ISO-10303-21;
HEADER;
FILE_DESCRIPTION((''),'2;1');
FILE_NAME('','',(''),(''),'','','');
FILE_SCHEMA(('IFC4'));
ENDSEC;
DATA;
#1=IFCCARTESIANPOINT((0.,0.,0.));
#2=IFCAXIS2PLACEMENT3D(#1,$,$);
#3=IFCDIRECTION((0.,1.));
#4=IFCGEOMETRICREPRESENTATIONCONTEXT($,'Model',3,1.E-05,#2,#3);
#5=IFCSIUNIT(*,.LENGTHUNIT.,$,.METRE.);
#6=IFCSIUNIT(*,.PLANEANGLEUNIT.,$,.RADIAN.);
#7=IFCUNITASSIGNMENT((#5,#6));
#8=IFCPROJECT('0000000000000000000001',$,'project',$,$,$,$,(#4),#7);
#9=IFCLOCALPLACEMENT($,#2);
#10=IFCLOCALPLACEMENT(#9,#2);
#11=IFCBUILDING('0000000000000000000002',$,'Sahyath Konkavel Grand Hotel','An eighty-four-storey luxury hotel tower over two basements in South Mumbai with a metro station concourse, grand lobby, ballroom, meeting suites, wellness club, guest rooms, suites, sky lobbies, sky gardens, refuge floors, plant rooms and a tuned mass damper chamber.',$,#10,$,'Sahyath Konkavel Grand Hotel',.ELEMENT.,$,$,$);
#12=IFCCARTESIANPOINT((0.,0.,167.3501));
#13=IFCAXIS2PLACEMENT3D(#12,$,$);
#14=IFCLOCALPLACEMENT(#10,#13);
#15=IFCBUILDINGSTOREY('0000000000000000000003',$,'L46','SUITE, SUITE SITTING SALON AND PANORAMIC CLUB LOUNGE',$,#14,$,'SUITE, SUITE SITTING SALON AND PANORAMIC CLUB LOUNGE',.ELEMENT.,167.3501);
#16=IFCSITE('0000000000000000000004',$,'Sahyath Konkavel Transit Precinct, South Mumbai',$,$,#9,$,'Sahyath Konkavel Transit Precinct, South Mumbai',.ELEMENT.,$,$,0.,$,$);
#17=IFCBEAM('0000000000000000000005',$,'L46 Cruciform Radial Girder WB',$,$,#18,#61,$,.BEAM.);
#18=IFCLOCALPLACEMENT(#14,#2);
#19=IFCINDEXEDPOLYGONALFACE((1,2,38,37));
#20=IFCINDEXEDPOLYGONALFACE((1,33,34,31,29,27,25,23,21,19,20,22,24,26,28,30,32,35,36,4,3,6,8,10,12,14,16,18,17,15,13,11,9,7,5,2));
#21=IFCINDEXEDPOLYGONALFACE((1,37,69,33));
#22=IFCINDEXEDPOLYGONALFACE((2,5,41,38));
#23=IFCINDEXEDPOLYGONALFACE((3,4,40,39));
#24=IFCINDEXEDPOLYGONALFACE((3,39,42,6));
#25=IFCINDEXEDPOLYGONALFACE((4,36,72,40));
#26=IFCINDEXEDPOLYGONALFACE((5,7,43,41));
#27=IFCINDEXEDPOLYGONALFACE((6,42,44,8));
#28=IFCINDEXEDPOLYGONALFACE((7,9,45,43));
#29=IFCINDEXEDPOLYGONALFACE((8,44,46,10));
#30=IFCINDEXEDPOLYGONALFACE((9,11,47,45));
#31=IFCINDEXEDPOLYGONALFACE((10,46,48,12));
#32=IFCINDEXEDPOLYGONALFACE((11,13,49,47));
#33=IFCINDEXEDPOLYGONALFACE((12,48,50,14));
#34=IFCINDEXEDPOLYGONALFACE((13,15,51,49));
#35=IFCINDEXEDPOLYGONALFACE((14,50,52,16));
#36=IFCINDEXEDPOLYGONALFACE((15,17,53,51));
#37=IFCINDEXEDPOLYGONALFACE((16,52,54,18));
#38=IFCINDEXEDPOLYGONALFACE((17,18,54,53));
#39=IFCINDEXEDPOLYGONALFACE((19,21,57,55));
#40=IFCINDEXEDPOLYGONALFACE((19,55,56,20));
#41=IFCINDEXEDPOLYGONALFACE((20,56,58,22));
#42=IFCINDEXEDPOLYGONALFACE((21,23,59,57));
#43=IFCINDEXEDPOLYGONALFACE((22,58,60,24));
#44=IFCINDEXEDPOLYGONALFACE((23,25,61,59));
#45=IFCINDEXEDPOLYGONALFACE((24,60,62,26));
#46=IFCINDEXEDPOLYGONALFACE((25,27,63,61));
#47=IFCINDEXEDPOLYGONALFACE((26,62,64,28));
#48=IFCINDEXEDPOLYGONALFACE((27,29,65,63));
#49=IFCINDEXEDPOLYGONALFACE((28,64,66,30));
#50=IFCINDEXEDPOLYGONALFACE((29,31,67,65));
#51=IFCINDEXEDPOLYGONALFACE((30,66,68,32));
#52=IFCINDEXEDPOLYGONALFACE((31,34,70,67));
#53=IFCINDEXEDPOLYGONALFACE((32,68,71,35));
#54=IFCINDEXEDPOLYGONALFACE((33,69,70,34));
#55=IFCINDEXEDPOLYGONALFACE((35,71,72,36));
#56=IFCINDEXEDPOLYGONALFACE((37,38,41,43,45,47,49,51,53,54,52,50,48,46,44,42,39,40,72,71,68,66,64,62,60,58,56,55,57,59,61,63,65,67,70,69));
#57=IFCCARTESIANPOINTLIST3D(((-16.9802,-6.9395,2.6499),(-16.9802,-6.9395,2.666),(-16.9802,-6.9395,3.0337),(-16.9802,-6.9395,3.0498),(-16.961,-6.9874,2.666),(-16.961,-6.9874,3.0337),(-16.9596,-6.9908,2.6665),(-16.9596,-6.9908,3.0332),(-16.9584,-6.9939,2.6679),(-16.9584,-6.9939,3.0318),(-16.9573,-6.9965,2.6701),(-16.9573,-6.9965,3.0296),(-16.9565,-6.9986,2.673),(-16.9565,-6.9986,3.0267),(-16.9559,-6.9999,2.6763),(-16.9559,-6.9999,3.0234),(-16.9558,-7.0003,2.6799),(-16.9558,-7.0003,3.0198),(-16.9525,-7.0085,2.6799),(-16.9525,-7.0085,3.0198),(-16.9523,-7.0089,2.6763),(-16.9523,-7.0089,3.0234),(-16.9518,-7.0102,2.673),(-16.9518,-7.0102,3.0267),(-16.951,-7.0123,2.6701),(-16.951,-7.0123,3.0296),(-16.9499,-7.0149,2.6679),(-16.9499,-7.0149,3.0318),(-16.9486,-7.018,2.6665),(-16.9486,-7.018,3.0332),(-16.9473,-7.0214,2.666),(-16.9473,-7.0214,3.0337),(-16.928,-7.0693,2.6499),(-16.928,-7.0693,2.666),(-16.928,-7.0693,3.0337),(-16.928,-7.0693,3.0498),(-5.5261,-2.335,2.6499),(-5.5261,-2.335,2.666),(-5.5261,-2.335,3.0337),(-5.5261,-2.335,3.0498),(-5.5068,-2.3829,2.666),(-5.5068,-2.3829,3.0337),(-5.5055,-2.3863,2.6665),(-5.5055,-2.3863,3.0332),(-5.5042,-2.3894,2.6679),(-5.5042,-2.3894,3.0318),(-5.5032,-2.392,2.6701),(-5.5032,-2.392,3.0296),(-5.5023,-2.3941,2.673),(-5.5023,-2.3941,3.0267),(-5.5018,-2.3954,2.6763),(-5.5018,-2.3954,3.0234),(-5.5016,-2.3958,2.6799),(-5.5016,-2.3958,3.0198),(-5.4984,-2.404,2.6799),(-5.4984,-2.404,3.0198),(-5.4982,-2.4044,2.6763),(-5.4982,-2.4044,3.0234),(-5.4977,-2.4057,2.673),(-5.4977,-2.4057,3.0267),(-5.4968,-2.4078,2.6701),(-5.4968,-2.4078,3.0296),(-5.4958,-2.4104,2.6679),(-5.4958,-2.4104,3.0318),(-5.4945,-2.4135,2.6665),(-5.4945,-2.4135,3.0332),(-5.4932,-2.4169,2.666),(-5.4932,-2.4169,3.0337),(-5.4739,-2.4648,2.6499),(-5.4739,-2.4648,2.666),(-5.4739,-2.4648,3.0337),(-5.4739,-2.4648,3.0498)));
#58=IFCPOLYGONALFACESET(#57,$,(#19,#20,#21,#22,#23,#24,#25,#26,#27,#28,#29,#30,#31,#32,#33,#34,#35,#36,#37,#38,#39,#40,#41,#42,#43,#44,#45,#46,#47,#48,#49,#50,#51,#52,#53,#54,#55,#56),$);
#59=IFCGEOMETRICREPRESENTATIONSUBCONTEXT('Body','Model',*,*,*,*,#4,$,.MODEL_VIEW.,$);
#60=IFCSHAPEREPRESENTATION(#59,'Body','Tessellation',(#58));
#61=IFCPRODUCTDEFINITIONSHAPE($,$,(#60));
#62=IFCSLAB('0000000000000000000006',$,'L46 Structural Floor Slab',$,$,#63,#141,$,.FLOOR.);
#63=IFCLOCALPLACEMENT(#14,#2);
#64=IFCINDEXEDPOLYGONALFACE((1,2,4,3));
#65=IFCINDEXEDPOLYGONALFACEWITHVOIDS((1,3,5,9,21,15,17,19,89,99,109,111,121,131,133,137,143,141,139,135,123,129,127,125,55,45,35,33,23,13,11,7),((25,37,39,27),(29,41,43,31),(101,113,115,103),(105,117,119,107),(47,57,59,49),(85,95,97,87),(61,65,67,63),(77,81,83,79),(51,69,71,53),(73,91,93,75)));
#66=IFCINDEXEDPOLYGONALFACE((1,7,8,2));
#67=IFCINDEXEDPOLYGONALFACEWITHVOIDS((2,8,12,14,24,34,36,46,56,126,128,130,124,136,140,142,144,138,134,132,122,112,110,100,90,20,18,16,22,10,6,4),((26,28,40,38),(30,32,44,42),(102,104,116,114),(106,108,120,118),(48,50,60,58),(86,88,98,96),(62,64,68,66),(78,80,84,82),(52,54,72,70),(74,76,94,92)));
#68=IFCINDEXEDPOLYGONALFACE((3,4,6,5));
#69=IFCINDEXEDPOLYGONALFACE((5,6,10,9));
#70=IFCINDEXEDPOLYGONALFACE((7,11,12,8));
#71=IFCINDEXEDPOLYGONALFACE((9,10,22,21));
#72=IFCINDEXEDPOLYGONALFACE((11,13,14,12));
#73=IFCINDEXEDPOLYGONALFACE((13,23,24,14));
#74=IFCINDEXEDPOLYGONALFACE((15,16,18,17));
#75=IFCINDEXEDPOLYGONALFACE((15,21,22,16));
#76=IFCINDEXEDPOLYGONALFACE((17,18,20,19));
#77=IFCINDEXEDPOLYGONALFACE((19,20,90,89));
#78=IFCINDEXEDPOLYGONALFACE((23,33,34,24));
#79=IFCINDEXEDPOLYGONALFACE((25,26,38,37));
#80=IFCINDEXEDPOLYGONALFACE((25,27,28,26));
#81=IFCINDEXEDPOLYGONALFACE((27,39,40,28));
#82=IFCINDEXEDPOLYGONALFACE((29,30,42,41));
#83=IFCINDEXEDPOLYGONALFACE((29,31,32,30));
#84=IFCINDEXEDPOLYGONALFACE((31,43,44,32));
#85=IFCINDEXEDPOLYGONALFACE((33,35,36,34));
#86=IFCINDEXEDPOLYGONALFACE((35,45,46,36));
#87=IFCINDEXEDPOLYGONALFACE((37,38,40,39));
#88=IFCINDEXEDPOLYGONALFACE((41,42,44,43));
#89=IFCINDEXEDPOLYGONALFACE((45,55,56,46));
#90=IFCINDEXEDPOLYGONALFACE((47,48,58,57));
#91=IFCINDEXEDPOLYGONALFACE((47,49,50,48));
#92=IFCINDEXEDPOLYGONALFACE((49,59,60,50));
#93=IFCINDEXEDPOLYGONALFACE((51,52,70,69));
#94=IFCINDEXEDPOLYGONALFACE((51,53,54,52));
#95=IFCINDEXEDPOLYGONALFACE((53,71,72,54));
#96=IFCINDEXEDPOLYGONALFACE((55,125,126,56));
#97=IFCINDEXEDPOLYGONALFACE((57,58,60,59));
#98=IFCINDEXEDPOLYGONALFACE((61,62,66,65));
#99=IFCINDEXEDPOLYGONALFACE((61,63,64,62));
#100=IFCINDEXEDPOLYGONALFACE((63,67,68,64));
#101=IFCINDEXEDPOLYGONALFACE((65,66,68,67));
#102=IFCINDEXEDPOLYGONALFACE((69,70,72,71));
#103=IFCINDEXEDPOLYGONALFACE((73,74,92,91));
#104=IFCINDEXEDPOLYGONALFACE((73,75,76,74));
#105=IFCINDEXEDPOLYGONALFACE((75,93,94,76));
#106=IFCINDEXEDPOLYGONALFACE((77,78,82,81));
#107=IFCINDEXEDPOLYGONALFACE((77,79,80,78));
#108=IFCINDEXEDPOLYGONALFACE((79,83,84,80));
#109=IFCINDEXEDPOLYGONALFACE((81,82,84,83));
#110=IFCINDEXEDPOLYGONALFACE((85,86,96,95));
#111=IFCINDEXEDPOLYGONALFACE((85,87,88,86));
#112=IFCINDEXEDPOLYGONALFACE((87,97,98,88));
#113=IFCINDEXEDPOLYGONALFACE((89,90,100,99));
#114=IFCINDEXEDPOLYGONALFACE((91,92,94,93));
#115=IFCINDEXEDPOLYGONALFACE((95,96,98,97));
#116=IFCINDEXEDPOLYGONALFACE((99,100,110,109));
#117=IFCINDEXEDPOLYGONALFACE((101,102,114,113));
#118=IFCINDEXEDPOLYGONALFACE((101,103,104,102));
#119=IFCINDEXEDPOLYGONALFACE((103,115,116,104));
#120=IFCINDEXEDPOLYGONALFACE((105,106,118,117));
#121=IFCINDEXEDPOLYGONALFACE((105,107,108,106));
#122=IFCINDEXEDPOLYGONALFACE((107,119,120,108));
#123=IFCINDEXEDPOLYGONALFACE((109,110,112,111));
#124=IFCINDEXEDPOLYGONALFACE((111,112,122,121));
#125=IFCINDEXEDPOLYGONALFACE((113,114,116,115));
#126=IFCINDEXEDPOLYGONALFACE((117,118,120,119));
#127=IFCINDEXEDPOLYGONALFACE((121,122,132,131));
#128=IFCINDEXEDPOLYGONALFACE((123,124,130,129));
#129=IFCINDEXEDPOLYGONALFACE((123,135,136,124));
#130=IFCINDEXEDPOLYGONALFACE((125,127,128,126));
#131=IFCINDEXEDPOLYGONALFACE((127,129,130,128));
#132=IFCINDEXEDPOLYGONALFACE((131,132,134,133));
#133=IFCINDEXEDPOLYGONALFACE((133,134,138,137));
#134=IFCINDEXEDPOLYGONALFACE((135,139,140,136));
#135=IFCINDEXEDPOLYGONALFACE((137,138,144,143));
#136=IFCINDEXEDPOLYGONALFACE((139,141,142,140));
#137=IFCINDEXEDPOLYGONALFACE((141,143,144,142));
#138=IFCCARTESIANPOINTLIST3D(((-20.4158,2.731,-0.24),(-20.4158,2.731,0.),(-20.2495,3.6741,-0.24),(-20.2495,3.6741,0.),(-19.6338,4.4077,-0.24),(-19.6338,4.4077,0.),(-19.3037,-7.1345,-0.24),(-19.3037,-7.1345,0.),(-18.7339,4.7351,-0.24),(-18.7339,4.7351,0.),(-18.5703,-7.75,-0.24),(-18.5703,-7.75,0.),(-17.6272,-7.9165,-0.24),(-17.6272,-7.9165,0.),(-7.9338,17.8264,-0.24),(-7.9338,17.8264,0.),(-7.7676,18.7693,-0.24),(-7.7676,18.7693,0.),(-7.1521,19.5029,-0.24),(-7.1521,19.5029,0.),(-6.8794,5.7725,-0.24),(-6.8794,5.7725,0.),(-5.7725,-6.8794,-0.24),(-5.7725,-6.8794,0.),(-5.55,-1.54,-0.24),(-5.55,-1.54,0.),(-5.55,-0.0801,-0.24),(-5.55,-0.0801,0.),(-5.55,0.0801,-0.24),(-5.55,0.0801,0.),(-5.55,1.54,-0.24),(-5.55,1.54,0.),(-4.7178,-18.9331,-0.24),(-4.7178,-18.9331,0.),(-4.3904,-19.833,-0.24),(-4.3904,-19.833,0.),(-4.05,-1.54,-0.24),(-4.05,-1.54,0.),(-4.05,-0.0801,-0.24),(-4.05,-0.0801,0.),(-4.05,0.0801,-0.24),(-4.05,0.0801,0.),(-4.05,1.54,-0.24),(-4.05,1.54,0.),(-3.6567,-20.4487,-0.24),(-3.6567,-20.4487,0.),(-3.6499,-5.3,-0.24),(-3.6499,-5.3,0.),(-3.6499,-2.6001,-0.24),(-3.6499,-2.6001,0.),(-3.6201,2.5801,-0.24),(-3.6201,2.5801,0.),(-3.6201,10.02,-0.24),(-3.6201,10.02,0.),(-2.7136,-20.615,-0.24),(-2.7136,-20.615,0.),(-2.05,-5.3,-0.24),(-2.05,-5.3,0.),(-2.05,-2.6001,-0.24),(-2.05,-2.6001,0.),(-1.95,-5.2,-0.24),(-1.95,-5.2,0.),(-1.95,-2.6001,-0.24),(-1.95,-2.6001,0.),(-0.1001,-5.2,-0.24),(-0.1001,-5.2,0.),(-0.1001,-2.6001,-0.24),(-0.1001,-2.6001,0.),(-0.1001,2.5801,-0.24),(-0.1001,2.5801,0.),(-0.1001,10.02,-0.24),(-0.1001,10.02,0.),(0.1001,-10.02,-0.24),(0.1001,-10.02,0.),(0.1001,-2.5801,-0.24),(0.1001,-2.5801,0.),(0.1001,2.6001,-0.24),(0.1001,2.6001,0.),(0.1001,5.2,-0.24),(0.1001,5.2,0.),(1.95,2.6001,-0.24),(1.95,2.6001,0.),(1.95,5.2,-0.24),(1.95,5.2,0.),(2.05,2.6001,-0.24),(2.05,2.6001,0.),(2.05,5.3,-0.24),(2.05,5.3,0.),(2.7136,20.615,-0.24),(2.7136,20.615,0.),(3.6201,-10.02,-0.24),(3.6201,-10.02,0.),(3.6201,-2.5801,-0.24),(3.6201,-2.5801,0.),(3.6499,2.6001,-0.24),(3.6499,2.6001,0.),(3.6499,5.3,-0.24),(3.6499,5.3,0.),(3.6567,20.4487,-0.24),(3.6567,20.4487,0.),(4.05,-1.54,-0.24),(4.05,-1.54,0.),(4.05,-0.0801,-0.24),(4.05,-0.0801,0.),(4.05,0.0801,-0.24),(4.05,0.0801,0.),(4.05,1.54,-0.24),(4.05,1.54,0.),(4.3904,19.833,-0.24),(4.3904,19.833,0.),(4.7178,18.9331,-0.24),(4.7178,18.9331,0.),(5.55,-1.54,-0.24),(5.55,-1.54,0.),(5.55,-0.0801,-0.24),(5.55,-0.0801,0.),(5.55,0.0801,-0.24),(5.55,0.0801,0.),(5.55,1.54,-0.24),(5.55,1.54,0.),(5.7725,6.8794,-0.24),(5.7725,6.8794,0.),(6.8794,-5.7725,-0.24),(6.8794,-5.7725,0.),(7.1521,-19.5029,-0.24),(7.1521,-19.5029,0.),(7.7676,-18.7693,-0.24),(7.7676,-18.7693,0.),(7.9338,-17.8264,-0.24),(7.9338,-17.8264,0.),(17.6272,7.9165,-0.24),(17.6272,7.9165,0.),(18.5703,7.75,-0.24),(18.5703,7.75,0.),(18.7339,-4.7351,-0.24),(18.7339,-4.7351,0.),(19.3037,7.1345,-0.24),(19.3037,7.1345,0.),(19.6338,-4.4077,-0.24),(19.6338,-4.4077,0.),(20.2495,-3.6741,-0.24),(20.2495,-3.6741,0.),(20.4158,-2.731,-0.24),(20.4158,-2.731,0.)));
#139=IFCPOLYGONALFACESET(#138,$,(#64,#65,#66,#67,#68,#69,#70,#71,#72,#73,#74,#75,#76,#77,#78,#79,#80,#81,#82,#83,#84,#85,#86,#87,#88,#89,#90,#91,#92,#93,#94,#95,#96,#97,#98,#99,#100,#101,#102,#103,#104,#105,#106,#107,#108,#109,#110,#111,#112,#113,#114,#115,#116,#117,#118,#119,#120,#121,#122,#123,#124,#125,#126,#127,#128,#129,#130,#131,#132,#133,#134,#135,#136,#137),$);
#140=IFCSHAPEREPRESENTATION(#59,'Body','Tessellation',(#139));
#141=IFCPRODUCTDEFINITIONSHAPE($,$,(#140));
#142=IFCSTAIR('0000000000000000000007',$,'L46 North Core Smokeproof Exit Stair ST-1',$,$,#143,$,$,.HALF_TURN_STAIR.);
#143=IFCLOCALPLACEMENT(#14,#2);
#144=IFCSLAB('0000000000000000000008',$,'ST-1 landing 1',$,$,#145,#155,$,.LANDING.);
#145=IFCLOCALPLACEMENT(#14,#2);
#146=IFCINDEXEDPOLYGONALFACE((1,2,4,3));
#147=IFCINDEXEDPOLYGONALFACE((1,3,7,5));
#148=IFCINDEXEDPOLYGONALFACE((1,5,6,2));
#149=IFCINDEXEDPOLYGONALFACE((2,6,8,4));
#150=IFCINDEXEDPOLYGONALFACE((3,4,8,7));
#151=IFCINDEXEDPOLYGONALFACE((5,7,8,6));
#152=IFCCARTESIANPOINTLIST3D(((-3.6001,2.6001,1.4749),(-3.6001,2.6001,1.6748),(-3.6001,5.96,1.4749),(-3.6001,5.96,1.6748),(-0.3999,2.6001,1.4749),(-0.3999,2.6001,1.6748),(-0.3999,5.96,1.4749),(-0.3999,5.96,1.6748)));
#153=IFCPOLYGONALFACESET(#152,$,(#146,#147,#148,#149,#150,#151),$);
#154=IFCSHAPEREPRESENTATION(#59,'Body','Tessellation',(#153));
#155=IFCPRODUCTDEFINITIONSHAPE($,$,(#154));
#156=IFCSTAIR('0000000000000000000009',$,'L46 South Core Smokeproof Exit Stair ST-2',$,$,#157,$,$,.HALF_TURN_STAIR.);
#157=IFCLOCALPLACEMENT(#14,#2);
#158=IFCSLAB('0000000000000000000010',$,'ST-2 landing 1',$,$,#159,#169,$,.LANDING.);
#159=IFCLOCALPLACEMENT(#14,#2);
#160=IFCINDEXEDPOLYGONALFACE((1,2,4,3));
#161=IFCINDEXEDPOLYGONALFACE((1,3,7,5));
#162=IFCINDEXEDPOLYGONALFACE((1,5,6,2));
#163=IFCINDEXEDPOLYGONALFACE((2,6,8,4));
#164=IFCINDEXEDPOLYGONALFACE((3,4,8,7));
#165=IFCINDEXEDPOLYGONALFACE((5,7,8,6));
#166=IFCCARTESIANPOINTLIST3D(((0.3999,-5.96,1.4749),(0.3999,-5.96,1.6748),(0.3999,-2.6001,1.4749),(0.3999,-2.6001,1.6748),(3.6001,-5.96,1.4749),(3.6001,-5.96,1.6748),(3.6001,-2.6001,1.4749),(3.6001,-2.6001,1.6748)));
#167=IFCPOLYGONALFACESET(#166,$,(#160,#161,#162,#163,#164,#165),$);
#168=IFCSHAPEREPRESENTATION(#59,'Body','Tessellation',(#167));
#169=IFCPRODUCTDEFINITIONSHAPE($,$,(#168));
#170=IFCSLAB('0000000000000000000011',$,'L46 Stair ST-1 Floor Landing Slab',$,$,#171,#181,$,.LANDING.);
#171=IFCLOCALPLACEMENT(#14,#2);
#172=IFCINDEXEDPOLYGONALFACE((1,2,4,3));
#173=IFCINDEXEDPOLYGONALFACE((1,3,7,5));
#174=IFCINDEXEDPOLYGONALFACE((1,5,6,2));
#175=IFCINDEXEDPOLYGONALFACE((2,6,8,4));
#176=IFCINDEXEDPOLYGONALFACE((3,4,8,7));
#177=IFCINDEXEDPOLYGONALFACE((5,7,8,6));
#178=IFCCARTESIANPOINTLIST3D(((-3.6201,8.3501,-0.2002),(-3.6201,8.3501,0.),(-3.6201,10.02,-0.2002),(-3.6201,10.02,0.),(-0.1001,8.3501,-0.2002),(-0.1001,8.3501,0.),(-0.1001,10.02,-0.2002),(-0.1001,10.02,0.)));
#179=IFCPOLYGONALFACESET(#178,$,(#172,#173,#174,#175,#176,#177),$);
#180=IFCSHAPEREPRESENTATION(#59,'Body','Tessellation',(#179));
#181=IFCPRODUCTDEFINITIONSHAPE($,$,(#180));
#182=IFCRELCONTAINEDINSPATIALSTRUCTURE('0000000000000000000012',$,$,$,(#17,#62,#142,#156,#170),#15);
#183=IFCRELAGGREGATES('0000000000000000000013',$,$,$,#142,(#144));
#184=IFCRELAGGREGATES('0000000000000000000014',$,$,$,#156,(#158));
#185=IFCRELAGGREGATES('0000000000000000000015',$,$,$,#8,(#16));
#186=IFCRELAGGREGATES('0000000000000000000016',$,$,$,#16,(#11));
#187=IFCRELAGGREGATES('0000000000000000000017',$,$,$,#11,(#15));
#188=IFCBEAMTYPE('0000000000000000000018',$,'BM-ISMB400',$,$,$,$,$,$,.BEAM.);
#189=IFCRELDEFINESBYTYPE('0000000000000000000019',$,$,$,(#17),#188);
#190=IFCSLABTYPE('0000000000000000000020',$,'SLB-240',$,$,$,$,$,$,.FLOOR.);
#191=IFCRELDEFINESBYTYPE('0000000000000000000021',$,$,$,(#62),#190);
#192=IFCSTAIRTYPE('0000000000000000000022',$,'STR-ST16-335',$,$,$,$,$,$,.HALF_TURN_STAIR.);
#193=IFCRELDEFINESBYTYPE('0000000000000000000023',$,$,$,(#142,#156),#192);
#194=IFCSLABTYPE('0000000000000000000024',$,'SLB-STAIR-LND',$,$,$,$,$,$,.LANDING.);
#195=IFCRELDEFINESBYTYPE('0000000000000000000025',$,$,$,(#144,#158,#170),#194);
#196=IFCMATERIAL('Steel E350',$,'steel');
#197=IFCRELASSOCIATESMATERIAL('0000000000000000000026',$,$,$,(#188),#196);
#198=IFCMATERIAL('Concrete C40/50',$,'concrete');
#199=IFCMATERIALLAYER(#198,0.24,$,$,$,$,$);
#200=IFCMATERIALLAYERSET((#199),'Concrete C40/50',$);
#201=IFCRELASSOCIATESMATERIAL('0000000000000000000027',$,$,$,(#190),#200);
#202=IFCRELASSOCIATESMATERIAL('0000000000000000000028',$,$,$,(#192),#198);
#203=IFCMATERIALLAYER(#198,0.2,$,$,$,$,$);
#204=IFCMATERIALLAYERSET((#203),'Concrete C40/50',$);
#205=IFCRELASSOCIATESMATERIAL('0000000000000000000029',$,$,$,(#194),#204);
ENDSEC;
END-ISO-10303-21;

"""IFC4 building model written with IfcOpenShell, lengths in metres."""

from ifc_helpers import new_model, si_unit, direction, frame, origin, origin_2d, place, context, subcontext, project, spatial, polyline, i_section, outline, extrude, source, transform, mapped, material, layer, layer_set, material_profile, profile_set, type_object, element, aggregate, save


model = new_model("IFC4")

# Units and contexts
model_context = context("Model", 3, precision=1e-05, world=origin(), true_north=direction((0.0, 1.0)))
body_context = subcontext(model_context, "Body", "Model", "MODEL_VIEW")
ifc_project = project(units=[si_unit("LENGTHUNIT", "METRE"), si_unit("PLANEANGLEUNIT", "RADIAN")], contexts=[model_context])

# Site, building, storey
site_placement = place(None, origin())
site = spatial("IfcSite", under=ifc_project, at=site_placement, Name="Sahyath Konkavel Transit Precinct, South Mumbai", LongName="Sahyath Konkavel Transit Precinct, South Mumbai", CompositionType="ELEMENT", RefElevation=0.0)
building_placement = place(site_placement, origin())
building = spatial("IfcBuilding", under=site, at=building_placement, Name="Sahyath Konkavel Grand Hotel", Description="An eighty-four-storey luxury hotel tower over two basements in South Mumbai with a metro station concourse, grand lobby, ballroom, meeting suites, wellness club, guest rooms, suites, sky lobbies, sky gardens, refuge floors, plant rooms and a tuned mass damper chamber.", LongName="Sahyath Konkavel Grand Hotel", CompositionType="ELEMENT")
storey_placement = place(building_placement, frame((0.0, 0.0, 167.3501)))
storey = spatial("IfcBuildingStorey", under=building, at=storey_placement, Name="L46", Description="SUITE, SUITE SITTING SALON AND PANORAMIC CLUB LOUNGE", LongName="SUITE, SUITE SITTING SALON AND PANORAMIC CLUB LOUNGE", CompositionType="ELEMENT", Elevation=167.3501)

# Beam
ifc_material_1 = material(Name="Steel E350", Category="steel")
ifc_material_profile_1 = material_profile(ifc_material_1, i_section(OverallWidth=0.1399, OverallDepth=0.3999, WebThickness=0.0088, FlangeThickness=0.0161, FilletRadius=0.0139, at=origin_2d()), Name="ISMB 400")
ifc_profile_set_1 = profile_set([ifc_material_profile_1], Name="Steel E350")
beam_type_1 = type_object("IfcBeamType", Name="BM-ISMB400", PredefinedType="BEAM", material=ifc_profile_set_1)
shared_shape_1 = source(origin(), body_context, "Body", "SweptSolid", [
    extrude(i_section(OverallWidth=0.1399, OverallDepth=0.3999, WebThickness=0.0088, FlangeThickness=0.0161, FilletRadius=0.0139, at=origin_2d()), origin(), (0.0, 0.0, 1.0), 12.345),
])
beam_1_placement = place(storey_placement, frame((-5.5, -2.3999, 2.8499), z_axis=(-0.927837, -0.372986, 0.0), x_axis=(0.372986, -0.927837, 0.0)))
element("IfcBeam", 1, at=beam_1_placement, inside=storey, type_object=beam_type_1, Name="L46 Cruciform Radial Girder WB", PredefinedType="BEAM", context=body_context, shape_type="MappedRepresentation", body=[
    mapped(shared_shape_1, transform((0.0, 0.0, 0.0), scale=1.0)),
])

# Slab
ifc_material_2 = material(Name="Concrete C40/50", Category="concrete")
ifc_layer_1 = layer(ifc_material_2, 0.24)
ifc_layer_set_1 = layer_set([ifc_layer_1], Name="Concrete C40/50")
slab_type_1 = type_object("IfcSlabType", Name="SLB-240", PredefinedType="FLOOR", material=ifc_layer_set_1)
slab_1_placement = place(storey_placement, frame((0.0, 0.0, -0.24)))
element("IfcSlab", 2, at=slab_1_placement, inside=storey, type_object=slab_type_1, Name="L46 Structural Floor Slab", PredefinedType="FLOOR", context=body_context, shape_type="SweptSolid", body=[
    extrude(outline(polyline([(6.8794, -5.7725), (18.7339, -4.7351), (19.6338, -4.4077), (20.2495, -3.6741), (20.4158, -2.731), (19.3037, 7.1345), (18.5703, 7.75), (17.6272, 7.9165), (5.7725, 6.8794), (4.7178, 18.9331), (4.3904, 19.833), (3.6567, 20.4487), (2.7136, 20.615), (-7.1521, 19.5029), (-7.7676, 18.7693), (-7.9338, 17.8264), (-6.8794, 5.7725), (-18.7339, 4.7351), (-19.6338, 4.4077), (-20.2495, 3.6741), (-20.4158, 2.731), (-19.3037, -7.1345), (-18.5703, -7.75), (-17.6272, -7.9165), (-5.7725, -6.8794), (-4.7178, -18.9331), (-4.3904, -19.833), (-3.6567, -20.4487), (-2.7136, -20.615), (7.1521, -19.5029), (7.7676, -18.7693), (7.9338, -17.8264), (6.8794, -5.7725)]), holes=[polyline([(-3.6201, 2.5801), (-0.1001, 2.5801), (-0.1001, 10.02), (-3.6201, 10.02), (-3.6201, 2.5801)]), polyline([(0.1001, -10.02), (3.6201, -10.02), (3.6201, -2.5801), (0.1001, -2.5801), (0.1001, -10.02)]), polyline([(0.1001, 2.6001), (1.95, 2.6001), (1.95, 5.2), (0.1001, 5.2), (0.1001, 2.6001)]), polyline([(-1.95, -5.2), (-0.1001, -5.2), (-0.1001, -2.6001), (-1.95, -2.6001), (-1.95, -5.2)]), polyline([(2.05, 2.6001), (3.6499, 2.6001), (3.6499, 5.3), (2.05, 5.3), (2.05, 2.6001)]), polyline([(-3.6499, -5.3), (-2.05, -5.3), (-2.05, -2.6001), (-3.6499, -2.6001), (-3.6499, -5.3)]), polyline([(4.05, 0.0801), (5.55, 0.0801), (5.55, 1.54), (4.05, 1.54), (4.05, 0.0801)]), polyline([(4.05, -1.54), (5.55, -1.54), (5.55, -0.0801), (4.05, -0.0801), (4.05, -1.54)]), polyline([(-5.55, 0.0801), (-4.05, 0.0801), (-4.05, 1.54), (-5.55, 1.54), (-5.55, 0.0801)]), polyline([(-5.55, -1.54), (-4.05, -1.54), (-4.05, -0.0801), (-5.55, -0.0801), (-5.55, -1.54)])]), origin(), (0.0, 0.0, 1.0), 0.24),
])

# Stairs, slabs
stair_type = type_object("IfcStairType", Name="STR-ST16-335", PredefinedType="HALF_TURN_STAIR", material=ifc_material_2)
stair_1_placement = place(storey_placement, origin())
stair_1 = element("IfcStair", 3, at=stair_1_placement, inside=storey, type_object=stair_type, Name="L46 North Core Smokeproof Exit Stair ST-1", PredefinedType="HALF_TURN_STAIR")
ifc_layer_2 = layer(ifc_material_2, 0.2)
ifc_layer_set_2 = layer_set([ifc_layer_2], Name="Concrete C40/50")
slab_type_2 = type_object("IfcSlabType", Name="SLB-STAIR-LND", PredefinedType="LANDING", material=ifc_layer_set_2)
slab_2_placement = place(storey_placement, frame((0.0, 0.0, 1.4749)))
slab_2 = element("IfcSlab", 4, at=slab_2_placement, type_object=slab_type_2, Name="ST-1 landing 1", PredefinedType="LANDING", context=body_context, shape_type="SweptSolid", body=[
    extrude(outline(polyline([(-3.6001, 5.96), (-3.6001, 2.6001), (-0.3999, 2.6001), (-0.3999, 5.96), (-3.6001, 5.96)])), origin(), (0.0, 0.0, 1.0), 0.2),
])
aggregate(stair_1, [slab_2])
stair_2_placement = place(storey_placement, origin())
stair_2 = element("IfcStair", 5, at=stair_2_placement, inside=storey, type_object=stair_type, Name="L46 South Core Smokeproof Exit Stair ST-2", PredefinedType="HALF_TURN_STAIR")
slab_3_placement = place(storey_placement, frame((0.0, 0.0, 1.4749)))
slab_3 = element("IfcSlab", 6, at=slab_3_placement, type_object=slab_type_2, Name="ST-2 landing 1", PredefinedType="LANDING", context=body_context, shape_type="SweptSolid", body=[
    extrude(outline(polyline([(3.6001, -5.96), (3.6001, -2.6001), (0.3999, -2.6001), (0.3999, -5.96), (3.6001, -5.96)])), origin(), (0.0, 0.0, 1.0), 0.2),
])
aggregate(stair_2, [slab_3])

# Slab
slab_4_placement = place(storey_placement, frame((0.0, 0.0, -0.2002)))
element("IfcSlab", 7, at=slab_4_placement, inside=storey, type_object=slab_type_2, Name="L46 Stair ST-1 Floor Landing Slab", PredefinedType="LANDING", context=body_context, shape_type="SweptSolid", body=[
    extrude(outline(polyline([(-3.6201, 8.3501), (-0.1001, 8.3501), (-0.1001, 10.02), (-3.6201, 10.02), (-3.6201, 8.3501)])), origin(), (0.0, 0.0, 1.0), 0.2002),
])

save(model, "model.ifc")
